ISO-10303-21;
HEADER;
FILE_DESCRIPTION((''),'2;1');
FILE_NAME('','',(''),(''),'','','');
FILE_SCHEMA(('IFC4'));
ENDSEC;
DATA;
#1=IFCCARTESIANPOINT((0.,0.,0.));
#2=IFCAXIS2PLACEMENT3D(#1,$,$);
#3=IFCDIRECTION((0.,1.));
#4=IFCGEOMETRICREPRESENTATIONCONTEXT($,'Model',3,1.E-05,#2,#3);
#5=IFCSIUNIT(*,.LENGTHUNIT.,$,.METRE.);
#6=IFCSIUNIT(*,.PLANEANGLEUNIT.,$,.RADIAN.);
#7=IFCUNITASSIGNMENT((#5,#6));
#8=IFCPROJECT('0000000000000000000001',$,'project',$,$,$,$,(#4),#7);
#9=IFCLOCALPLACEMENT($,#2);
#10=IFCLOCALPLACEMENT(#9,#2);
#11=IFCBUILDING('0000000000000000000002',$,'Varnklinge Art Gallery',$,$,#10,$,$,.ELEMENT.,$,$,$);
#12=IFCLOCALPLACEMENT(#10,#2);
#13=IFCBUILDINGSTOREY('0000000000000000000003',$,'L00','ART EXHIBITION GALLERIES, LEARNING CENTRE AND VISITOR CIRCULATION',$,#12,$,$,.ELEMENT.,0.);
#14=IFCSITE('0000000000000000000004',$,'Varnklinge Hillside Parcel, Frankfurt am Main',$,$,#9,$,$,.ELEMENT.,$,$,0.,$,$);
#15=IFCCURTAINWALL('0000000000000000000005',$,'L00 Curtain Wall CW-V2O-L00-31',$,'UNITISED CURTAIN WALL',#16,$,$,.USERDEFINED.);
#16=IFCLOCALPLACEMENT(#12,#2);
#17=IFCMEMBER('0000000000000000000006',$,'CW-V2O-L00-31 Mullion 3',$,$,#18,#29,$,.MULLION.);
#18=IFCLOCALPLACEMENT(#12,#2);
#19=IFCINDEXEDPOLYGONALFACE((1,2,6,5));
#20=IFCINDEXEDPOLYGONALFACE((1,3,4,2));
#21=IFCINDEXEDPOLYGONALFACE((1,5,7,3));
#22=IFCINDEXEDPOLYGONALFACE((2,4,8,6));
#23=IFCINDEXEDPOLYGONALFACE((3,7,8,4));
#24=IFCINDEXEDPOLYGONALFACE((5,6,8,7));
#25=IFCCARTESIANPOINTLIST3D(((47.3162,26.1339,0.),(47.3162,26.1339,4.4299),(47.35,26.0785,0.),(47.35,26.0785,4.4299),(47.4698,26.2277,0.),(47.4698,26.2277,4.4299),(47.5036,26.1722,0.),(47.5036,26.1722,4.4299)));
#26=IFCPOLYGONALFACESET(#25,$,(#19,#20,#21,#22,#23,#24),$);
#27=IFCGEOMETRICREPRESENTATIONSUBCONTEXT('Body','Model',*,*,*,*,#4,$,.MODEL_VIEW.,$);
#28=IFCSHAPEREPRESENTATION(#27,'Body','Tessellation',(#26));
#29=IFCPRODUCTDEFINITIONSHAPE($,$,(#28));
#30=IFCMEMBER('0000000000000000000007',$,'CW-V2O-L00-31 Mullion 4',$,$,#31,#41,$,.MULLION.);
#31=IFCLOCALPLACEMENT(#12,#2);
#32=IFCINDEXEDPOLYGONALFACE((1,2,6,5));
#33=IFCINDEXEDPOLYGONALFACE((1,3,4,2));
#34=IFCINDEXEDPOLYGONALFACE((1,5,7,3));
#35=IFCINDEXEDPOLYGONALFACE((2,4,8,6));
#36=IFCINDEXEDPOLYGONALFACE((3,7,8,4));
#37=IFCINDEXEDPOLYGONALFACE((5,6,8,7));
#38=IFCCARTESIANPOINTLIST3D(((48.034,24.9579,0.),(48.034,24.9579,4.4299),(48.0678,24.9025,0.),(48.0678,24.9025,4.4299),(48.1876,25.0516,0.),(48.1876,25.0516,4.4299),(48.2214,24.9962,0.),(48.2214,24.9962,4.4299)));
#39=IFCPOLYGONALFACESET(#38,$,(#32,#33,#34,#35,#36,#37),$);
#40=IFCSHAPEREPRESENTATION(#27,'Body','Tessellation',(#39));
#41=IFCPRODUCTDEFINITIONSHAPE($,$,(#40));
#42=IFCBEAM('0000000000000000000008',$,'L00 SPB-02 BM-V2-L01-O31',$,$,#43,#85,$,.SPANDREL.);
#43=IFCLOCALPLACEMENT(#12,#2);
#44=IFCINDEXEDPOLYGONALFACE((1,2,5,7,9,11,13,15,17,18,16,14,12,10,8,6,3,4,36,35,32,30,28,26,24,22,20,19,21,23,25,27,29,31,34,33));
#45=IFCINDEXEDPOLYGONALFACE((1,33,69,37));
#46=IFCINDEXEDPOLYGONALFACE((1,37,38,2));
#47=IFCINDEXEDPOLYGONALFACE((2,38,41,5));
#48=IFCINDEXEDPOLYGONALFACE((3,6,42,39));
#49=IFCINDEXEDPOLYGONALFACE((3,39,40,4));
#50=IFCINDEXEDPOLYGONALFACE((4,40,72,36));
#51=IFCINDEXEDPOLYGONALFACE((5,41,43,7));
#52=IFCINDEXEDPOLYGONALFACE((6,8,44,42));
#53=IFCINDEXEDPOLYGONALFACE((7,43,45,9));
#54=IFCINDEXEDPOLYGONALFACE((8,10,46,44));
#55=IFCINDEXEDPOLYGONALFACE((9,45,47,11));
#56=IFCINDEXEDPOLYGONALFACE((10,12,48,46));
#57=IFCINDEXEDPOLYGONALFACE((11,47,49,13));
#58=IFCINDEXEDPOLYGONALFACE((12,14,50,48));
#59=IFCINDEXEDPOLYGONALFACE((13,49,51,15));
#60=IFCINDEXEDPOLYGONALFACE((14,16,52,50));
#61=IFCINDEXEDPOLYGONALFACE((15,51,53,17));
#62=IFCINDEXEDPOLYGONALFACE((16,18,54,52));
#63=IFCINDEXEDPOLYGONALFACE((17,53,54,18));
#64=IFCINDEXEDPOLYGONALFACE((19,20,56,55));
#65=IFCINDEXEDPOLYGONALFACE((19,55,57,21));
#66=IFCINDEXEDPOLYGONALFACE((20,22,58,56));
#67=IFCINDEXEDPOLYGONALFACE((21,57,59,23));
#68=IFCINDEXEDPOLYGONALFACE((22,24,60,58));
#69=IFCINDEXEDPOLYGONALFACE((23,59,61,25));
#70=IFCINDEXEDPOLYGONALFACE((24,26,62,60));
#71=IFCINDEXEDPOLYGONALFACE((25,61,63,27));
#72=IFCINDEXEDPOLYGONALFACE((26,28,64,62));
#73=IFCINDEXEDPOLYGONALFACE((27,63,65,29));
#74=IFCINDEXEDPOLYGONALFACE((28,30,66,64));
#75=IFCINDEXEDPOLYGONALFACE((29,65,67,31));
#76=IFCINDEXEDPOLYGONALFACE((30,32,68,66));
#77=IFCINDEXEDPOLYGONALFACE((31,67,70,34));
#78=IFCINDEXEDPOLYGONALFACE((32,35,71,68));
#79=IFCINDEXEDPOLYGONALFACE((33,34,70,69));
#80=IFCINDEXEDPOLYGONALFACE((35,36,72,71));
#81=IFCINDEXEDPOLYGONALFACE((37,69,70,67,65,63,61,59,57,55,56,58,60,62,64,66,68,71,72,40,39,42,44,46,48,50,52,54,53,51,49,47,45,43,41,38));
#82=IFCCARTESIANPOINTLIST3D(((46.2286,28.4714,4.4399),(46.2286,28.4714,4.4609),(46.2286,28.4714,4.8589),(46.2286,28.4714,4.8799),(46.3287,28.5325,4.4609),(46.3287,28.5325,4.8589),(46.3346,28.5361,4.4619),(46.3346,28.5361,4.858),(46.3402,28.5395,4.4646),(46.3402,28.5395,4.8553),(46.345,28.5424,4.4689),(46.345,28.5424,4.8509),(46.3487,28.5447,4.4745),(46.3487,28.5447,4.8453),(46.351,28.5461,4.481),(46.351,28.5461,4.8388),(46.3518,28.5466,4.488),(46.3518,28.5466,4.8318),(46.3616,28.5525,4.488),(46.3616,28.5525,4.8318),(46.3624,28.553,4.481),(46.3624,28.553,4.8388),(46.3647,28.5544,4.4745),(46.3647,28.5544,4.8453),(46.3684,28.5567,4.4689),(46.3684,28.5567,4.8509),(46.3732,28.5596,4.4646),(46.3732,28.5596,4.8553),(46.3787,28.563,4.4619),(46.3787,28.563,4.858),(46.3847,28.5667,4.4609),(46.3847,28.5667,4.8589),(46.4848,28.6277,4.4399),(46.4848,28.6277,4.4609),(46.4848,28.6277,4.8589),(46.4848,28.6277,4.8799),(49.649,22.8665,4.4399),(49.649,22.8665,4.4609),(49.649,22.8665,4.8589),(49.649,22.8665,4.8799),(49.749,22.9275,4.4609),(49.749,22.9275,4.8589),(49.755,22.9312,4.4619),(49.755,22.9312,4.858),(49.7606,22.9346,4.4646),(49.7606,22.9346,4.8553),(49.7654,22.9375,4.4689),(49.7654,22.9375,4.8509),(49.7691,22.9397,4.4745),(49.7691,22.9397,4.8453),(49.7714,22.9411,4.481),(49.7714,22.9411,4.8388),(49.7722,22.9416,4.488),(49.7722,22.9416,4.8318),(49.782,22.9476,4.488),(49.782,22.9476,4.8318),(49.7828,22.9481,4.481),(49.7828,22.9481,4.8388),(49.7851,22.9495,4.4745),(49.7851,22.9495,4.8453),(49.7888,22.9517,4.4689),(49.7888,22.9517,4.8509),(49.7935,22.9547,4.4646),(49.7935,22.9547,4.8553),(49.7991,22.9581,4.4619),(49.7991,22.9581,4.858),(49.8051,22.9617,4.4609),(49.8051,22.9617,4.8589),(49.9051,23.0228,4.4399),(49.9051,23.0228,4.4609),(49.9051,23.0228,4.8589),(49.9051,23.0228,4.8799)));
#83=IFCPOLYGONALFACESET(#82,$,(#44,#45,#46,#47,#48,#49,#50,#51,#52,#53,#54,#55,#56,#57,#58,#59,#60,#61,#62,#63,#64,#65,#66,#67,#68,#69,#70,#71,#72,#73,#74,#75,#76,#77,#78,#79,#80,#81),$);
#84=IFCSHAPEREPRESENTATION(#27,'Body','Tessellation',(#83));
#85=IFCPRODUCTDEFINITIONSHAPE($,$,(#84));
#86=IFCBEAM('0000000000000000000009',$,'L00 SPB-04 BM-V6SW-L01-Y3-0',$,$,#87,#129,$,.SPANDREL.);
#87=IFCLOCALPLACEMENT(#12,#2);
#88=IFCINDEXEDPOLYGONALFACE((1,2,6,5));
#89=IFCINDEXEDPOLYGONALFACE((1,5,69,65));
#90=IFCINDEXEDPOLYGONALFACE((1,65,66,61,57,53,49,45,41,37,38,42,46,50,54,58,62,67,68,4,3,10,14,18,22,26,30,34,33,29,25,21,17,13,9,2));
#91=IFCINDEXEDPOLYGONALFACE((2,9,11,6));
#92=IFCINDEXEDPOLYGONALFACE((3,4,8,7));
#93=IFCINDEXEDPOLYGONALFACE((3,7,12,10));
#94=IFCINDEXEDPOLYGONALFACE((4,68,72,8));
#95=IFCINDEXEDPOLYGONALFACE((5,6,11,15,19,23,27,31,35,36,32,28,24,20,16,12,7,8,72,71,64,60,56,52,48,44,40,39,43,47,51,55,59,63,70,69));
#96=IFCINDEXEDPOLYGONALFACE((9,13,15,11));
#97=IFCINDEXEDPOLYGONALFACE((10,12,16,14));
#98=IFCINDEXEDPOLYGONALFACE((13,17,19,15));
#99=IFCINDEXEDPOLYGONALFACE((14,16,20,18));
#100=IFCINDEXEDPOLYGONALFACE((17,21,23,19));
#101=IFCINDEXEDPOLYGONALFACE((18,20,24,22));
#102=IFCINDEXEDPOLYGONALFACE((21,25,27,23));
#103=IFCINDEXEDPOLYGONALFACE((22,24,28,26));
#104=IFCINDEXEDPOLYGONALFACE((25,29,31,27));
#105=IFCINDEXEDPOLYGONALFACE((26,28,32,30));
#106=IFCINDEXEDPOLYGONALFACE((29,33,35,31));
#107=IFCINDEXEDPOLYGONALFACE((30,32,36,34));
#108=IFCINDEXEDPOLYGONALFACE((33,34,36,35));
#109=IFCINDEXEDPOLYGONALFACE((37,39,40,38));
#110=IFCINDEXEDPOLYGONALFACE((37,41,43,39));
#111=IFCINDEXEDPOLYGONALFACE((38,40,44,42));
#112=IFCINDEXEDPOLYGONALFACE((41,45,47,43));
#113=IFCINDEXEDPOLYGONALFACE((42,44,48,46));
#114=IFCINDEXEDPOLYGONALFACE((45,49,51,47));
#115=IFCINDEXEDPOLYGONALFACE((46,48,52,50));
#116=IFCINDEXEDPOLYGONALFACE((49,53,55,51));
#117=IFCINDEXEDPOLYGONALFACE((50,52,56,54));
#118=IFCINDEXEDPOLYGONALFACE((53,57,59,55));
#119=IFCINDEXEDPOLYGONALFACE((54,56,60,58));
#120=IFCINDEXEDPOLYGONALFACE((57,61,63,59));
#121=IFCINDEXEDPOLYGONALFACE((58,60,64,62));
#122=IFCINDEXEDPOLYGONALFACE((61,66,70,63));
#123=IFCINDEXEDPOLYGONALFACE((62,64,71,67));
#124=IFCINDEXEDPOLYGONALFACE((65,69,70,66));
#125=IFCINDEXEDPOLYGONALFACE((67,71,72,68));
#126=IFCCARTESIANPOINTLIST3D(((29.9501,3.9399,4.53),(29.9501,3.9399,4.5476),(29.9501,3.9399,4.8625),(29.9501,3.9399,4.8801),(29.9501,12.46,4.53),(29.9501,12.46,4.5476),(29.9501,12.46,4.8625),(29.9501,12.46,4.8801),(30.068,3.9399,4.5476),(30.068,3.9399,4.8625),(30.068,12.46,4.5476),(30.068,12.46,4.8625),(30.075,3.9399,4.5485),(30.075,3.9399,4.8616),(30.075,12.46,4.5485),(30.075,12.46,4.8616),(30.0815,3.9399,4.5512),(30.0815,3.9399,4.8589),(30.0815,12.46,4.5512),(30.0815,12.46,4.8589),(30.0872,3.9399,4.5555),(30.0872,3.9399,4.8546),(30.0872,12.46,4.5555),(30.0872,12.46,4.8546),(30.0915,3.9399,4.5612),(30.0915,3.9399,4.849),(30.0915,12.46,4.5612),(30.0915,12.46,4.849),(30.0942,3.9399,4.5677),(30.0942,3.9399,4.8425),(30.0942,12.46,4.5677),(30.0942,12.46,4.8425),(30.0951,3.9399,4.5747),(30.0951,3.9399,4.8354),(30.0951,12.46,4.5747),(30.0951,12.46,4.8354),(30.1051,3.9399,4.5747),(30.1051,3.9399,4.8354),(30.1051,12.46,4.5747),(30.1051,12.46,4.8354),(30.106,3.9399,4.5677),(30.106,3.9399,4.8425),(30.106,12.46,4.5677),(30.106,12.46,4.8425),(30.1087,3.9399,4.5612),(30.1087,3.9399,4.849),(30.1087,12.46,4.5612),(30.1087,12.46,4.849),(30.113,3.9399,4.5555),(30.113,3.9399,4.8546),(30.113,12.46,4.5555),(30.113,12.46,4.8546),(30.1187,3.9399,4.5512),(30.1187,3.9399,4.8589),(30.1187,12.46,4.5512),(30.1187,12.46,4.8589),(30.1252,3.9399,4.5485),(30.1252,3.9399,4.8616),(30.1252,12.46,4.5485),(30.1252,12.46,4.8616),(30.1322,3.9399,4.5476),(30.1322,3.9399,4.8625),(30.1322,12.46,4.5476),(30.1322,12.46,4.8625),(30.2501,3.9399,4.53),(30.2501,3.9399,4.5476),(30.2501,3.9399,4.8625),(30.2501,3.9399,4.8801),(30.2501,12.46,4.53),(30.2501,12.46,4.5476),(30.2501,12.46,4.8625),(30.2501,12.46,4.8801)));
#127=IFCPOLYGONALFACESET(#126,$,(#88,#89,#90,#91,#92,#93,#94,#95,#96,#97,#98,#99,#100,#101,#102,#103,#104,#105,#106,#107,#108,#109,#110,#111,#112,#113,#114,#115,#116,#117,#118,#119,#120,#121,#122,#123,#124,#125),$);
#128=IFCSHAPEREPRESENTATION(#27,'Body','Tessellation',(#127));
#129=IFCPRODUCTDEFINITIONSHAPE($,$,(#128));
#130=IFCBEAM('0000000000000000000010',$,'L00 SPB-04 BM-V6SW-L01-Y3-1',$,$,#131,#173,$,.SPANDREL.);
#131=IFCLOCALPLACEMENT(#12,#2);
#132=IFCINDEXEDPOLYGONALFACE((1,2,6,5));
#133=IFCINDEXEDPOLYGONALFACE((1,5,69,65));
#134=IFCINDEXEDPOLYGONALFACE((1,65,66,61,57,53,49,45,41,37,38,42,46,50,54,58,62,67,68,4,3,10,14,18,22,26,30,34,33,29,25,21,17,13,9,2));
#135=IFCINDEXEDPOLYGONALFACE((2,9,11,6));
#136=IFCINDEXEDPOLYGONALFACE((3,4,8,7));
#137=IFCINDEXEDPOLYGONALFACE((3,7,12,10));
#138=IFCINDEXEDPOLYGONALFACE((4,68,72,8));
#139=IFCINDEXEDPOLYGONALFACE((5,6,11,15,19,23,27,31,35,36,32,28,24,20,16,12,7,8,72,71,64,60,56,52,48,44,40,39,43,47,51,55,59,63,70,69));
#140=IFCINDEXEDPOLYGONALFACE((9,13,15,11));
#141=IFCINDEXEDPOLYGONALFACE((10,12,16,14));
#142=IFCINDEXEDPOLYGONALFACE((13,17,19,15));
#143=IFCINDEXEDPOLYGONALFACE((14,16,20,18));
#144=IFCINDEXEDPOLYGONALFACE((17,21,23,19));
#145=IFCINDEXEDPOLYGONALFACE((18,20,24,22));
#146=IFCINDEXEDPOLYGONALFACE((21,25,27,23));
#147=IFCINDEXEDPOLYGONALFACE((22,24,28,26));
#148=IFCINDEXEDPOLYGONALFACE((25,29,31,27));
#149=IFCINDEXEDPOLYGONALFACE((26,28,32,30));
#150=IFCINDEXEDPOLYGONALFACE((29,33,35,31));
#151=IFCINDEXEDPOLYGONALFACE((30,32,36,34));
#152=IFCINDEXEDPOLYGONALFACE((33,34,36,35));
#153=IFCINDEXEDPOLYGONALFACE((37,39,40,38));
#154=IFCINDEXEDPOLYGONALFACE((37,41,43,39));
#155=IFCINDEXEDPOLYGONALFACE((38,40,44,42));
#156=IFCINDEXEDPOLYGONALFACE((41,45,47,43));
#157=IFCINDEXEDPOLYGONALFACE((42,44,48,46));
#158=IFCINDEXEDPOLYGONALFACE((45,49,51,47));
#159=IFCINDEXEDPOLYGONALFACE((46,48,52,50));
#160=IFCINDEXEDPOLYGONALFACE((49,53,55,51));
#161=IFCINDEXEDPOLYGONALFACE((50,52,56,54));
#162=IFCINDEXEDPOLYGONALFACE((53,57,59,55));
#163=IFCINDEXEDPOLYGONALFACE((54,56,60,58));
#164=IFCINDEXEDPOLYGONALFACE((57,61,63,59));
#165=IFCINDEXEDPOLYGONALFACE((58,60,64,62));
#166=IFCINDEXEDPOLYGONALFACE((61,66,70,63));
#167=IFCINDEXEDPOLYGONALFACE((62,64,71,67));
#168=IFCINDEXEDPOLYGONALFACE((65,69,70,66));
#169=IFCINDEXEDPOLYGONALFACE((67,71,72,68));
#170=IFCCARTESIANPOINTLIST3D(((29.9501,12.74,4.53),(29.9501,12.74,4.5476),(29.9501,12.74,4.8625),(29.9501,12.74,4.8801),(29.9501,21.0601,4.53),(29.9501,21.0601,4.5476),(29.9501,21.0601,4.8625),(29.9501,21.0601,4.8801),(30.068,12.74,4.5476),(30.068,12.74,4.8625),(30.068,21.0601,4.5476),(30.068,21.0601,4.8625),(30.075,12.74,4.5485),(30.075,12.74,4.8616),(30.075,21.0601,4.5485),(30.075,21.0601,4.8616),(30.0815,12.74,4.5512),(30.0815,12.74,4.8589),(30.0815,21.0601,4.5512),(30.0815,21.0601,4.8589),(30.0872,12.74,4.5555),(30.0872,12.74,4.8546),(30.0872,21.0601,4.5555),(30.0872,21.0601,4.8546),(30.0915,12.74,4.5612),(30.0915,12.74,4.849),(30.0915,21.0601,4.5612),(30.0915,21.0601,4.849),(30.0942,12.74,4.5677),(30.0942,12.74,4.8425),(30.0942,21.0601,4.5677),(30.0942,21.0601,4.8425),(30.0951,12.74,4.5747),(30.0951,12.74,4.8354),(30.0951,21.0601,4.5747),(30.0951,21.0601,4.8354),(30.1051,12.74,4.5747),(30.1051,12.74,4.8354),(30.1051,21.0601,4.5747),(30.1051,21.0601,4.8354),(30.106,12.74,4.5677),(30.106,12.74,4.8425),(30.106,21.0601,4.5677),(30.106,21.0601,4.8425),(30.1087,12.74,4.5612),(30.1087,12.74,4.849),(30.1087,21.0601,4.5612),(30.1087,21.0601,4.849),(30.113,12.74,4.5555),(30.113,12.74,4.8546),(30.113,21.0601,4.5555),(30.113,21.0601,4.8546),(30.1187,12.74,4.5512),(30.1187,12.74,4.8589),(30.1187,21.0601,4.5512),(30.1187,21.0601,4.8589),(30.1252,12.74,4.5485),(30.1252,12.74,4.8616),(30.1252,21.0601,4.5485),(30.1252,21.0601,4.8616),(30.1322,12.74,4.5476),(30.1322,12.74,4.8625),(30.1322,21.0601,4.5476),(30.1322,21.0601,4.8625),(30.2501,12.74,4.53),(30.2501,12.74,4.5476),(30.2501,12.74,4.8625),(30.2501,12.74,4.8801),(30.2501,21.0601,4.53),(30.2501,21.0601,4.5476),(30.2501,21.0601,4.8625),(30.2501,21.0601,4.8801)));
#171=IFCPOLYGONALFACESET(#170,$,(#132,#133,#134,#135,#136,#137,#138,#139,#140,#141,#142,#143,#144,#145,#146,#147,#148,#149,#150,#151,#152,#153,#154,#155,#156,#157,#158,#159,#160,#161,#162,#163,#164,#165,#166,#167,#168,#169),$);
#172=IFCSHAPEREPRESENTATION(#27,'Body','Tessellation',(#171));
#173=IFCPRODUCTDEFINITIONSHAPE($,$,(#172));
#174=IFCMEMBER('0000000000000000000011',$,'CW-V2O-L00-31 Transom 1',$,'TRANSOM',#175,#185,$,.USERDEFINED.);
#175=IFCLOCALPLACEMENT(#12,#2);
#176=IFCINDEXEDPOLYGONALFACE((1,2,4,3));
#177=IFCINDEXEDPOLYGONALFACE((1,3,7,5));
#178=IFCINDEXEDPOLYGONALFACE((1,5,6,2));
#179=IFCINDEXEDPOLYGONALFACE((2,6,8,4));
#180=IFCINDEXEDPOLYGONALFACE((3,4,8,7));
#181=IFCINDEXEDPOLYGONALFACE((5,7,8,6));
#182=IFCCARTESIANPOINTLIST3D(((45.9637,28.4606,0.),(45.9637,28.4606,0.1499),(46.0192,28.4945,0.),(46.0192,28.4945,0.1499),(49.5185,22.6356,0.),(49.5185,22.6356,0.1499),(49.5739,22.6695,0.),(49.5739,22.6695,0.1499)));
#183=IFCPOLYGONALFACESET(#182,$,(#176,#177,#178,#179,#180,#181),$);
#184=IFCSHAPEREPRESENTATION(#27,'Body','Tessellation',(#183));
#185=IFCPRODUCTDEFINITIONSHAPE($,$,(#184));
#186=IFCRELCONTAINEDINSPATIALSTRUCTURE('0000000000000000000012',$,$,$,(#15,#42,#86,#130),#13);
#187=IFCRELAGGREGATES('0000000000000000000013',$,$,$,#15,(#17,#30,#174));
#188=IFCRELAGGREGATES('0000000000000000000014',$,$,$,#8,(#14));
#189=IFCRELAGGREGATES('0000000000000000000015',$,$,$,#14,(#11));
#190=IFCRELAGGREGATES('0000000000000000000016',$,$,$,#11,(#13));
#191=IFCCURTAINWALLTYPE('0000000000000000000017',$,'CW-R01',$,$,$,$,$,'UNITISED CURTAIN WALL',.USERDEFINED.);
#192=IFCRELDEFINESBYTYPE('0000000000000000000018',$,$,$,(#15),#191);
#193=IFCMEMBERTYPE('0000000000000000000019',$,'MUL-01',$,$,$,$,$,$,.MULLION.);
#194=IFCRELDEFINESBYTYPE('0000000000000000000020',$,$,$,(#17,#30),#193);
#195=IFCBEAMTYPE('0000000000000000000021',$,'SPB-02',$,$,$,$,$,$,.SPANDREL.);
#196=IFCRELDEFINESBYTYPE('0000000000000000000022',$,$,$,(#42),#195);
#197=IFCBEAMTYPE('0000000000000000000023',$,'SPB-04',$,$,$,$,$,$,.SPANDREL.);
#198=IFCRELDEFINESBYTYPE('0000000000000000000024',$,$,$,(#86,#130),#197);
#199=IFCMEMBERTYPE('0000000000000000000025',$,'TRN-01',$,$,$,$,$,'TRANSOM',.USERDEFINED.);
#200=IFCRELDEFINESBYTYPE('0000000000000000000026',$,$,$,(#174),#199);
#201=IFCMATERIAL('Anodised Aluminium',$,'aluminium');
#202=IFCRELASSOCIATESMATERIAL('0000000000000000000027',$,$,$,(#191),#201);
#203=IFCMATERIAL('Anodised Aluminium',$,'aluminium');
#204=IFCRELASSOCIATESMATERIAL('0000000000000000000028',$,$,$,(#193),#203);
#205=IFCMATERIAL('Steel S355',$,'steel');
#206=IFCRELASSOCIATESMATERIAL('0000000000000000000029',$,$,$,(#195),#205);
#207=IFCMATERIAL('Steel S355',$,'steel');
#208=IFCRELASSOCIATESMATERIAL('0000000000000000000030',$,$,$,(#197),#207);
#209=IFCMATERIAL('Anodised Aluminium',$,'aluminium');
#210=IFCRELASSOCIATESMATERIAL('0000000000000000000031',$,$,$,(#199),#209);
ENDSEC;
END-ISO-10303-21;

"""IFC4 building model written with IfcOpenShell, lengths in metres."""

from ifc_helpers import new_model, si_unit, direction, frame, origin, origin_2d, place, context, subcontext, project, spatial, rectangle, i_section, extrude, material, material_profile, profile_set, type_object, element, aggregate, save


model = new_model("IFC4")

# Units and contexts
model_context = context("Model", 3, precision=1e-05, world=origin(), true_north=direction((0.0, 1.0)))
body_context = subcontext(model_context, "Body", "Model", "MODEL_VIEW")
ifc_project = project(units=[si_unit("LENGTHUNIT", "METRE"), si_unit("PLANEANGLEUNIT", "RADIAN")], contexts=[model_context])

# Site, building, storey
site_placement = place(None, origin())
site = spatial("IfcSite", under=ifc_project, at=site_placement, Name="Varnklinge Hillside Parcel, Frankfurt am Main", CompositionType="ELEMENT", RefElevation=0.0)
building_placement = place(site_placement, origin())
building = spatial("IfcBuilding", under=site, at=building_placement, Name="Varnklinge Art Gallery", CompositionType="ELEMENT")
storey_placement = place(building_placement, origin())
storey = spatial("IfcBuildingStorey", under=building, at=storey_placement, Name="L00", Description="ART EXHIBITION GALLERIES, LEARNING CENTRE AND VISITOR CIRCULATION", CompositionType="ELEMENT", Elevation=0.0)

# Shared definitions
ifc_material_1 = material(Name="Anodised Aluminium", Category="aluminium")
curtain_wall_type = type_object("IfcCurtainWallType", Name="CW-R01", ElementType="UNITISED CURTAIN WALL", PredefinedType="USERDEFINED", material=ifc_material_1)
ifc_material_2 = material(Name="Anodised Aluminium", Category="aluminium")
ifc_material_profile_1 = material_profile(ifc_material_2, rectangle(XDim=0.0649, YDim=0.1799, at=origin_2d()), Name="ALU 65x180")
ifc_profile_set_1 = profile_set([ifc_material_profile_1], Name="Anodised Aluminium")
member_type_1 = type_object("IfcMemberType", Name="MUL-01", PredefinedType="MULLION", material=ifc_profile_set_1)

# Curtain wall, members
curtain_wall_1_placement = place(storey_placement, origin())
curtain_wall_1 = element("IfcCurtainWall", 1, at=curtain_wall_1_placement, inside=storey, type_object=curtain_wall_type, Name="L00 Curtain Wall CW-V2O-L00-31", ObjectType="UNITISED CURTAIN WALL", PredefinedType="USERDEFINED")
member_1_placement = place(storey_placement, frame((47.4099, 26.1531, 0.0), z_axis=(0.0, 0.0, 1.0), x_axis=(0.520861, -0.853642, 0.0)))
member_1 = element("IfcMember", 2, at=member_1_placement, type_object=member_type_1, Name="CW-V2O-L00-31 Mullion 3", PredefinedType="MULLION", context=body_context, shape_type="SweptSolid", body=[
    extrude(rectangle(XDim=0.0649, YDim=0.1799, at=origin_2d()), origin(), (0.0, 0.0, 1.0), 4.4299),
])
member_2_placement = place(storey_placement, frame((48.1277, 24.9771, 0.0), z_axis=(0.0, 0.0, 1.0), x_axis=(0.520861, -0.853642, 0.0)))
member_2 = element("IfcMember", 3, at=member_2_placement, type_object=member_type_1, Name="CW-V2O-L00-31 Mullion 4", PredefinedType="MULLION", context=body_context, shape_type="SweptSolid", body=[
    extrude(rectangle(XDim=0.0649, YDim=0.1799, at=origin_2d()), origin(), (0.0, 0.0, 1.0), 4.4299),
])

# Beams
ifc_material_3 = material(Name="Steel S355", Category="steel")
ifc_material_profile_2 = material_profile(ifc_material_3, i_section(OverallWidth=0.3, OverallDepth=0.4399, WebThickness=0.0115, FlangeThickness=0.021, FilletRadius=0.0271, at=origin_2d()), Name="HEA 450")
ifc_profile_set_2 = profile_set([ifc_material_profile_2], Name="Steel S355")
beam_type_1 = type_object("IfcBeamType", Name="SPB-02", PredefinedType="SPANDREL", material=ifc_profile_set_2)
beam_1_placement = place(storey_placement, frame((46.3567, 28.5496, 4.6599), z_axis=(0.520911, -0.853611, 0.0), x_axis=(0.853611, 0.520911, 0.0)))
element("IfcBeam", 4, at=beam_1_placement, inside=storey, type_object=beam_type_1, Name="L00 SPB-02 BM-V2-L01-O31", PredefinedType="SPANDREL", context=body_context, shape_type="SweptSolid", body=[
    extrude(i_section(OverallWidth=0.3, OverallDepth=0.4399, WebThickness=0.0115, FlangeThickness=0.021, FilletRadius=0.0271, at=origin_2d()), origin(), (0.0, 0.0, 1.0), 6.5662),
])
ifc_material_4 = material(Name="Steel S355", Category="steel")
ifc_material_profile_3 = material_profile(ifc_material_4, i_section(OverallWidth=0.3, OverallDepth=0.3501, WebThickness=0.01, FlangeThickness=0.0176, FilletRadius=0.0271, at=origin_2d()), Name="HEA 360")
ifc_profile_set_3 = profile_set([ifc_material_profile_3], Name="Steel S355")
beam_type_2 = type_object("IfcBeamType", Name="SPB-04", PredefinedType="SPANDREL", material=ifc_profile_set_3)
beam_2_placement = place(storey_placement, frame((30.1001, 3.9399, 4.7051), z_axis=(0.0, 1.0, 0.0), x_axis=(-1.0, 0.0, 0.0)))
element("IfcBeam", 5, at=beam_2_placement, inside=storey, type_object=beam_type_2, Name="L00 SPB-04 BM-V6SW-L01-Y3-0", PredefinedType="SPANDREL", context=body_context, shape_type="SweptSolid", body=[
    extrude(i_section(OverallWidth=0.3, OverallDepth=0.3501, WebThickness=0.01, FlangeThickness=0.0176, FilletRadius=0.0271, at=origin_2d()), origin(), (0.0, 0.0, 1.0), 8.52),
])
beam_3_placement = place(storey_placement, frame((30.1001, 12.74, 4.7051), z_axis=(0.0, 1.0, 0.0), x_axis=(-1.0, 0.0, 0.0)))
element("IfcBeam", 6, at=beam_3_placement, inside=storey, type_object=beam_type_2, Name="L00 SPB-04 BM-V6SW-L01-Y3-1", PredefinedType="SPANDREL", context=body_context, shape_type="SweptSolid", body=[
    extrude(i_section(OverallWidth=0.3, OverallDepth=0.3501, WebThickness=0.01, FlangeThickness=0.0176, FilletRadius=0.0271, at=origin_2d()), origin(), (0.0, 0.0, 1.0), 8.3201),
])

# Member
ifc_material_5 = material(Name="Anodised Aluminium", Category="aluminium")
ifc_material_profile_4 = material_profile(ifc_material_5, rectangle(XDim=0.0649, YDim=0.1499, at=origin_2d()), Name="ALU 65x150")
ifc_profile_set_4 = profile_set([ifc_material_profile_4], Name="Anodised Aluminium")
member_type_2 = type_object("IfcMemberType", Name="TRN-01", ElementType="TRANSOM", PredefinedType="USERDEFINED", material=ifc_profile_set_4)
member_3_placement = place(storey_placement, frame((45.9915, 28.4775, 0.075), z_axis=(0.520916, -0.853608, 0.0), x_axis=(0.853608, 0.520916, 0.0)))
member_3 = element("IfcMember", 7, at=member_3_placement, type_object=member_type_2, Name="CW-V2O-L00-31 Transom 1", ObjectType="TRANSOM", PredefinedType="USERDEFINED", context=body_context, shape_type="SweptSolid", body=[
    extrude(rectangle(XDim=0.0649, YDim=0.1499, at=origin_2d()), origin(), (0.0, 0.0, 1.0), 6.824),
])

aggregate(curtain_wall_1, [member_1, member_2, member_3])

save(model, "model.ifc")
